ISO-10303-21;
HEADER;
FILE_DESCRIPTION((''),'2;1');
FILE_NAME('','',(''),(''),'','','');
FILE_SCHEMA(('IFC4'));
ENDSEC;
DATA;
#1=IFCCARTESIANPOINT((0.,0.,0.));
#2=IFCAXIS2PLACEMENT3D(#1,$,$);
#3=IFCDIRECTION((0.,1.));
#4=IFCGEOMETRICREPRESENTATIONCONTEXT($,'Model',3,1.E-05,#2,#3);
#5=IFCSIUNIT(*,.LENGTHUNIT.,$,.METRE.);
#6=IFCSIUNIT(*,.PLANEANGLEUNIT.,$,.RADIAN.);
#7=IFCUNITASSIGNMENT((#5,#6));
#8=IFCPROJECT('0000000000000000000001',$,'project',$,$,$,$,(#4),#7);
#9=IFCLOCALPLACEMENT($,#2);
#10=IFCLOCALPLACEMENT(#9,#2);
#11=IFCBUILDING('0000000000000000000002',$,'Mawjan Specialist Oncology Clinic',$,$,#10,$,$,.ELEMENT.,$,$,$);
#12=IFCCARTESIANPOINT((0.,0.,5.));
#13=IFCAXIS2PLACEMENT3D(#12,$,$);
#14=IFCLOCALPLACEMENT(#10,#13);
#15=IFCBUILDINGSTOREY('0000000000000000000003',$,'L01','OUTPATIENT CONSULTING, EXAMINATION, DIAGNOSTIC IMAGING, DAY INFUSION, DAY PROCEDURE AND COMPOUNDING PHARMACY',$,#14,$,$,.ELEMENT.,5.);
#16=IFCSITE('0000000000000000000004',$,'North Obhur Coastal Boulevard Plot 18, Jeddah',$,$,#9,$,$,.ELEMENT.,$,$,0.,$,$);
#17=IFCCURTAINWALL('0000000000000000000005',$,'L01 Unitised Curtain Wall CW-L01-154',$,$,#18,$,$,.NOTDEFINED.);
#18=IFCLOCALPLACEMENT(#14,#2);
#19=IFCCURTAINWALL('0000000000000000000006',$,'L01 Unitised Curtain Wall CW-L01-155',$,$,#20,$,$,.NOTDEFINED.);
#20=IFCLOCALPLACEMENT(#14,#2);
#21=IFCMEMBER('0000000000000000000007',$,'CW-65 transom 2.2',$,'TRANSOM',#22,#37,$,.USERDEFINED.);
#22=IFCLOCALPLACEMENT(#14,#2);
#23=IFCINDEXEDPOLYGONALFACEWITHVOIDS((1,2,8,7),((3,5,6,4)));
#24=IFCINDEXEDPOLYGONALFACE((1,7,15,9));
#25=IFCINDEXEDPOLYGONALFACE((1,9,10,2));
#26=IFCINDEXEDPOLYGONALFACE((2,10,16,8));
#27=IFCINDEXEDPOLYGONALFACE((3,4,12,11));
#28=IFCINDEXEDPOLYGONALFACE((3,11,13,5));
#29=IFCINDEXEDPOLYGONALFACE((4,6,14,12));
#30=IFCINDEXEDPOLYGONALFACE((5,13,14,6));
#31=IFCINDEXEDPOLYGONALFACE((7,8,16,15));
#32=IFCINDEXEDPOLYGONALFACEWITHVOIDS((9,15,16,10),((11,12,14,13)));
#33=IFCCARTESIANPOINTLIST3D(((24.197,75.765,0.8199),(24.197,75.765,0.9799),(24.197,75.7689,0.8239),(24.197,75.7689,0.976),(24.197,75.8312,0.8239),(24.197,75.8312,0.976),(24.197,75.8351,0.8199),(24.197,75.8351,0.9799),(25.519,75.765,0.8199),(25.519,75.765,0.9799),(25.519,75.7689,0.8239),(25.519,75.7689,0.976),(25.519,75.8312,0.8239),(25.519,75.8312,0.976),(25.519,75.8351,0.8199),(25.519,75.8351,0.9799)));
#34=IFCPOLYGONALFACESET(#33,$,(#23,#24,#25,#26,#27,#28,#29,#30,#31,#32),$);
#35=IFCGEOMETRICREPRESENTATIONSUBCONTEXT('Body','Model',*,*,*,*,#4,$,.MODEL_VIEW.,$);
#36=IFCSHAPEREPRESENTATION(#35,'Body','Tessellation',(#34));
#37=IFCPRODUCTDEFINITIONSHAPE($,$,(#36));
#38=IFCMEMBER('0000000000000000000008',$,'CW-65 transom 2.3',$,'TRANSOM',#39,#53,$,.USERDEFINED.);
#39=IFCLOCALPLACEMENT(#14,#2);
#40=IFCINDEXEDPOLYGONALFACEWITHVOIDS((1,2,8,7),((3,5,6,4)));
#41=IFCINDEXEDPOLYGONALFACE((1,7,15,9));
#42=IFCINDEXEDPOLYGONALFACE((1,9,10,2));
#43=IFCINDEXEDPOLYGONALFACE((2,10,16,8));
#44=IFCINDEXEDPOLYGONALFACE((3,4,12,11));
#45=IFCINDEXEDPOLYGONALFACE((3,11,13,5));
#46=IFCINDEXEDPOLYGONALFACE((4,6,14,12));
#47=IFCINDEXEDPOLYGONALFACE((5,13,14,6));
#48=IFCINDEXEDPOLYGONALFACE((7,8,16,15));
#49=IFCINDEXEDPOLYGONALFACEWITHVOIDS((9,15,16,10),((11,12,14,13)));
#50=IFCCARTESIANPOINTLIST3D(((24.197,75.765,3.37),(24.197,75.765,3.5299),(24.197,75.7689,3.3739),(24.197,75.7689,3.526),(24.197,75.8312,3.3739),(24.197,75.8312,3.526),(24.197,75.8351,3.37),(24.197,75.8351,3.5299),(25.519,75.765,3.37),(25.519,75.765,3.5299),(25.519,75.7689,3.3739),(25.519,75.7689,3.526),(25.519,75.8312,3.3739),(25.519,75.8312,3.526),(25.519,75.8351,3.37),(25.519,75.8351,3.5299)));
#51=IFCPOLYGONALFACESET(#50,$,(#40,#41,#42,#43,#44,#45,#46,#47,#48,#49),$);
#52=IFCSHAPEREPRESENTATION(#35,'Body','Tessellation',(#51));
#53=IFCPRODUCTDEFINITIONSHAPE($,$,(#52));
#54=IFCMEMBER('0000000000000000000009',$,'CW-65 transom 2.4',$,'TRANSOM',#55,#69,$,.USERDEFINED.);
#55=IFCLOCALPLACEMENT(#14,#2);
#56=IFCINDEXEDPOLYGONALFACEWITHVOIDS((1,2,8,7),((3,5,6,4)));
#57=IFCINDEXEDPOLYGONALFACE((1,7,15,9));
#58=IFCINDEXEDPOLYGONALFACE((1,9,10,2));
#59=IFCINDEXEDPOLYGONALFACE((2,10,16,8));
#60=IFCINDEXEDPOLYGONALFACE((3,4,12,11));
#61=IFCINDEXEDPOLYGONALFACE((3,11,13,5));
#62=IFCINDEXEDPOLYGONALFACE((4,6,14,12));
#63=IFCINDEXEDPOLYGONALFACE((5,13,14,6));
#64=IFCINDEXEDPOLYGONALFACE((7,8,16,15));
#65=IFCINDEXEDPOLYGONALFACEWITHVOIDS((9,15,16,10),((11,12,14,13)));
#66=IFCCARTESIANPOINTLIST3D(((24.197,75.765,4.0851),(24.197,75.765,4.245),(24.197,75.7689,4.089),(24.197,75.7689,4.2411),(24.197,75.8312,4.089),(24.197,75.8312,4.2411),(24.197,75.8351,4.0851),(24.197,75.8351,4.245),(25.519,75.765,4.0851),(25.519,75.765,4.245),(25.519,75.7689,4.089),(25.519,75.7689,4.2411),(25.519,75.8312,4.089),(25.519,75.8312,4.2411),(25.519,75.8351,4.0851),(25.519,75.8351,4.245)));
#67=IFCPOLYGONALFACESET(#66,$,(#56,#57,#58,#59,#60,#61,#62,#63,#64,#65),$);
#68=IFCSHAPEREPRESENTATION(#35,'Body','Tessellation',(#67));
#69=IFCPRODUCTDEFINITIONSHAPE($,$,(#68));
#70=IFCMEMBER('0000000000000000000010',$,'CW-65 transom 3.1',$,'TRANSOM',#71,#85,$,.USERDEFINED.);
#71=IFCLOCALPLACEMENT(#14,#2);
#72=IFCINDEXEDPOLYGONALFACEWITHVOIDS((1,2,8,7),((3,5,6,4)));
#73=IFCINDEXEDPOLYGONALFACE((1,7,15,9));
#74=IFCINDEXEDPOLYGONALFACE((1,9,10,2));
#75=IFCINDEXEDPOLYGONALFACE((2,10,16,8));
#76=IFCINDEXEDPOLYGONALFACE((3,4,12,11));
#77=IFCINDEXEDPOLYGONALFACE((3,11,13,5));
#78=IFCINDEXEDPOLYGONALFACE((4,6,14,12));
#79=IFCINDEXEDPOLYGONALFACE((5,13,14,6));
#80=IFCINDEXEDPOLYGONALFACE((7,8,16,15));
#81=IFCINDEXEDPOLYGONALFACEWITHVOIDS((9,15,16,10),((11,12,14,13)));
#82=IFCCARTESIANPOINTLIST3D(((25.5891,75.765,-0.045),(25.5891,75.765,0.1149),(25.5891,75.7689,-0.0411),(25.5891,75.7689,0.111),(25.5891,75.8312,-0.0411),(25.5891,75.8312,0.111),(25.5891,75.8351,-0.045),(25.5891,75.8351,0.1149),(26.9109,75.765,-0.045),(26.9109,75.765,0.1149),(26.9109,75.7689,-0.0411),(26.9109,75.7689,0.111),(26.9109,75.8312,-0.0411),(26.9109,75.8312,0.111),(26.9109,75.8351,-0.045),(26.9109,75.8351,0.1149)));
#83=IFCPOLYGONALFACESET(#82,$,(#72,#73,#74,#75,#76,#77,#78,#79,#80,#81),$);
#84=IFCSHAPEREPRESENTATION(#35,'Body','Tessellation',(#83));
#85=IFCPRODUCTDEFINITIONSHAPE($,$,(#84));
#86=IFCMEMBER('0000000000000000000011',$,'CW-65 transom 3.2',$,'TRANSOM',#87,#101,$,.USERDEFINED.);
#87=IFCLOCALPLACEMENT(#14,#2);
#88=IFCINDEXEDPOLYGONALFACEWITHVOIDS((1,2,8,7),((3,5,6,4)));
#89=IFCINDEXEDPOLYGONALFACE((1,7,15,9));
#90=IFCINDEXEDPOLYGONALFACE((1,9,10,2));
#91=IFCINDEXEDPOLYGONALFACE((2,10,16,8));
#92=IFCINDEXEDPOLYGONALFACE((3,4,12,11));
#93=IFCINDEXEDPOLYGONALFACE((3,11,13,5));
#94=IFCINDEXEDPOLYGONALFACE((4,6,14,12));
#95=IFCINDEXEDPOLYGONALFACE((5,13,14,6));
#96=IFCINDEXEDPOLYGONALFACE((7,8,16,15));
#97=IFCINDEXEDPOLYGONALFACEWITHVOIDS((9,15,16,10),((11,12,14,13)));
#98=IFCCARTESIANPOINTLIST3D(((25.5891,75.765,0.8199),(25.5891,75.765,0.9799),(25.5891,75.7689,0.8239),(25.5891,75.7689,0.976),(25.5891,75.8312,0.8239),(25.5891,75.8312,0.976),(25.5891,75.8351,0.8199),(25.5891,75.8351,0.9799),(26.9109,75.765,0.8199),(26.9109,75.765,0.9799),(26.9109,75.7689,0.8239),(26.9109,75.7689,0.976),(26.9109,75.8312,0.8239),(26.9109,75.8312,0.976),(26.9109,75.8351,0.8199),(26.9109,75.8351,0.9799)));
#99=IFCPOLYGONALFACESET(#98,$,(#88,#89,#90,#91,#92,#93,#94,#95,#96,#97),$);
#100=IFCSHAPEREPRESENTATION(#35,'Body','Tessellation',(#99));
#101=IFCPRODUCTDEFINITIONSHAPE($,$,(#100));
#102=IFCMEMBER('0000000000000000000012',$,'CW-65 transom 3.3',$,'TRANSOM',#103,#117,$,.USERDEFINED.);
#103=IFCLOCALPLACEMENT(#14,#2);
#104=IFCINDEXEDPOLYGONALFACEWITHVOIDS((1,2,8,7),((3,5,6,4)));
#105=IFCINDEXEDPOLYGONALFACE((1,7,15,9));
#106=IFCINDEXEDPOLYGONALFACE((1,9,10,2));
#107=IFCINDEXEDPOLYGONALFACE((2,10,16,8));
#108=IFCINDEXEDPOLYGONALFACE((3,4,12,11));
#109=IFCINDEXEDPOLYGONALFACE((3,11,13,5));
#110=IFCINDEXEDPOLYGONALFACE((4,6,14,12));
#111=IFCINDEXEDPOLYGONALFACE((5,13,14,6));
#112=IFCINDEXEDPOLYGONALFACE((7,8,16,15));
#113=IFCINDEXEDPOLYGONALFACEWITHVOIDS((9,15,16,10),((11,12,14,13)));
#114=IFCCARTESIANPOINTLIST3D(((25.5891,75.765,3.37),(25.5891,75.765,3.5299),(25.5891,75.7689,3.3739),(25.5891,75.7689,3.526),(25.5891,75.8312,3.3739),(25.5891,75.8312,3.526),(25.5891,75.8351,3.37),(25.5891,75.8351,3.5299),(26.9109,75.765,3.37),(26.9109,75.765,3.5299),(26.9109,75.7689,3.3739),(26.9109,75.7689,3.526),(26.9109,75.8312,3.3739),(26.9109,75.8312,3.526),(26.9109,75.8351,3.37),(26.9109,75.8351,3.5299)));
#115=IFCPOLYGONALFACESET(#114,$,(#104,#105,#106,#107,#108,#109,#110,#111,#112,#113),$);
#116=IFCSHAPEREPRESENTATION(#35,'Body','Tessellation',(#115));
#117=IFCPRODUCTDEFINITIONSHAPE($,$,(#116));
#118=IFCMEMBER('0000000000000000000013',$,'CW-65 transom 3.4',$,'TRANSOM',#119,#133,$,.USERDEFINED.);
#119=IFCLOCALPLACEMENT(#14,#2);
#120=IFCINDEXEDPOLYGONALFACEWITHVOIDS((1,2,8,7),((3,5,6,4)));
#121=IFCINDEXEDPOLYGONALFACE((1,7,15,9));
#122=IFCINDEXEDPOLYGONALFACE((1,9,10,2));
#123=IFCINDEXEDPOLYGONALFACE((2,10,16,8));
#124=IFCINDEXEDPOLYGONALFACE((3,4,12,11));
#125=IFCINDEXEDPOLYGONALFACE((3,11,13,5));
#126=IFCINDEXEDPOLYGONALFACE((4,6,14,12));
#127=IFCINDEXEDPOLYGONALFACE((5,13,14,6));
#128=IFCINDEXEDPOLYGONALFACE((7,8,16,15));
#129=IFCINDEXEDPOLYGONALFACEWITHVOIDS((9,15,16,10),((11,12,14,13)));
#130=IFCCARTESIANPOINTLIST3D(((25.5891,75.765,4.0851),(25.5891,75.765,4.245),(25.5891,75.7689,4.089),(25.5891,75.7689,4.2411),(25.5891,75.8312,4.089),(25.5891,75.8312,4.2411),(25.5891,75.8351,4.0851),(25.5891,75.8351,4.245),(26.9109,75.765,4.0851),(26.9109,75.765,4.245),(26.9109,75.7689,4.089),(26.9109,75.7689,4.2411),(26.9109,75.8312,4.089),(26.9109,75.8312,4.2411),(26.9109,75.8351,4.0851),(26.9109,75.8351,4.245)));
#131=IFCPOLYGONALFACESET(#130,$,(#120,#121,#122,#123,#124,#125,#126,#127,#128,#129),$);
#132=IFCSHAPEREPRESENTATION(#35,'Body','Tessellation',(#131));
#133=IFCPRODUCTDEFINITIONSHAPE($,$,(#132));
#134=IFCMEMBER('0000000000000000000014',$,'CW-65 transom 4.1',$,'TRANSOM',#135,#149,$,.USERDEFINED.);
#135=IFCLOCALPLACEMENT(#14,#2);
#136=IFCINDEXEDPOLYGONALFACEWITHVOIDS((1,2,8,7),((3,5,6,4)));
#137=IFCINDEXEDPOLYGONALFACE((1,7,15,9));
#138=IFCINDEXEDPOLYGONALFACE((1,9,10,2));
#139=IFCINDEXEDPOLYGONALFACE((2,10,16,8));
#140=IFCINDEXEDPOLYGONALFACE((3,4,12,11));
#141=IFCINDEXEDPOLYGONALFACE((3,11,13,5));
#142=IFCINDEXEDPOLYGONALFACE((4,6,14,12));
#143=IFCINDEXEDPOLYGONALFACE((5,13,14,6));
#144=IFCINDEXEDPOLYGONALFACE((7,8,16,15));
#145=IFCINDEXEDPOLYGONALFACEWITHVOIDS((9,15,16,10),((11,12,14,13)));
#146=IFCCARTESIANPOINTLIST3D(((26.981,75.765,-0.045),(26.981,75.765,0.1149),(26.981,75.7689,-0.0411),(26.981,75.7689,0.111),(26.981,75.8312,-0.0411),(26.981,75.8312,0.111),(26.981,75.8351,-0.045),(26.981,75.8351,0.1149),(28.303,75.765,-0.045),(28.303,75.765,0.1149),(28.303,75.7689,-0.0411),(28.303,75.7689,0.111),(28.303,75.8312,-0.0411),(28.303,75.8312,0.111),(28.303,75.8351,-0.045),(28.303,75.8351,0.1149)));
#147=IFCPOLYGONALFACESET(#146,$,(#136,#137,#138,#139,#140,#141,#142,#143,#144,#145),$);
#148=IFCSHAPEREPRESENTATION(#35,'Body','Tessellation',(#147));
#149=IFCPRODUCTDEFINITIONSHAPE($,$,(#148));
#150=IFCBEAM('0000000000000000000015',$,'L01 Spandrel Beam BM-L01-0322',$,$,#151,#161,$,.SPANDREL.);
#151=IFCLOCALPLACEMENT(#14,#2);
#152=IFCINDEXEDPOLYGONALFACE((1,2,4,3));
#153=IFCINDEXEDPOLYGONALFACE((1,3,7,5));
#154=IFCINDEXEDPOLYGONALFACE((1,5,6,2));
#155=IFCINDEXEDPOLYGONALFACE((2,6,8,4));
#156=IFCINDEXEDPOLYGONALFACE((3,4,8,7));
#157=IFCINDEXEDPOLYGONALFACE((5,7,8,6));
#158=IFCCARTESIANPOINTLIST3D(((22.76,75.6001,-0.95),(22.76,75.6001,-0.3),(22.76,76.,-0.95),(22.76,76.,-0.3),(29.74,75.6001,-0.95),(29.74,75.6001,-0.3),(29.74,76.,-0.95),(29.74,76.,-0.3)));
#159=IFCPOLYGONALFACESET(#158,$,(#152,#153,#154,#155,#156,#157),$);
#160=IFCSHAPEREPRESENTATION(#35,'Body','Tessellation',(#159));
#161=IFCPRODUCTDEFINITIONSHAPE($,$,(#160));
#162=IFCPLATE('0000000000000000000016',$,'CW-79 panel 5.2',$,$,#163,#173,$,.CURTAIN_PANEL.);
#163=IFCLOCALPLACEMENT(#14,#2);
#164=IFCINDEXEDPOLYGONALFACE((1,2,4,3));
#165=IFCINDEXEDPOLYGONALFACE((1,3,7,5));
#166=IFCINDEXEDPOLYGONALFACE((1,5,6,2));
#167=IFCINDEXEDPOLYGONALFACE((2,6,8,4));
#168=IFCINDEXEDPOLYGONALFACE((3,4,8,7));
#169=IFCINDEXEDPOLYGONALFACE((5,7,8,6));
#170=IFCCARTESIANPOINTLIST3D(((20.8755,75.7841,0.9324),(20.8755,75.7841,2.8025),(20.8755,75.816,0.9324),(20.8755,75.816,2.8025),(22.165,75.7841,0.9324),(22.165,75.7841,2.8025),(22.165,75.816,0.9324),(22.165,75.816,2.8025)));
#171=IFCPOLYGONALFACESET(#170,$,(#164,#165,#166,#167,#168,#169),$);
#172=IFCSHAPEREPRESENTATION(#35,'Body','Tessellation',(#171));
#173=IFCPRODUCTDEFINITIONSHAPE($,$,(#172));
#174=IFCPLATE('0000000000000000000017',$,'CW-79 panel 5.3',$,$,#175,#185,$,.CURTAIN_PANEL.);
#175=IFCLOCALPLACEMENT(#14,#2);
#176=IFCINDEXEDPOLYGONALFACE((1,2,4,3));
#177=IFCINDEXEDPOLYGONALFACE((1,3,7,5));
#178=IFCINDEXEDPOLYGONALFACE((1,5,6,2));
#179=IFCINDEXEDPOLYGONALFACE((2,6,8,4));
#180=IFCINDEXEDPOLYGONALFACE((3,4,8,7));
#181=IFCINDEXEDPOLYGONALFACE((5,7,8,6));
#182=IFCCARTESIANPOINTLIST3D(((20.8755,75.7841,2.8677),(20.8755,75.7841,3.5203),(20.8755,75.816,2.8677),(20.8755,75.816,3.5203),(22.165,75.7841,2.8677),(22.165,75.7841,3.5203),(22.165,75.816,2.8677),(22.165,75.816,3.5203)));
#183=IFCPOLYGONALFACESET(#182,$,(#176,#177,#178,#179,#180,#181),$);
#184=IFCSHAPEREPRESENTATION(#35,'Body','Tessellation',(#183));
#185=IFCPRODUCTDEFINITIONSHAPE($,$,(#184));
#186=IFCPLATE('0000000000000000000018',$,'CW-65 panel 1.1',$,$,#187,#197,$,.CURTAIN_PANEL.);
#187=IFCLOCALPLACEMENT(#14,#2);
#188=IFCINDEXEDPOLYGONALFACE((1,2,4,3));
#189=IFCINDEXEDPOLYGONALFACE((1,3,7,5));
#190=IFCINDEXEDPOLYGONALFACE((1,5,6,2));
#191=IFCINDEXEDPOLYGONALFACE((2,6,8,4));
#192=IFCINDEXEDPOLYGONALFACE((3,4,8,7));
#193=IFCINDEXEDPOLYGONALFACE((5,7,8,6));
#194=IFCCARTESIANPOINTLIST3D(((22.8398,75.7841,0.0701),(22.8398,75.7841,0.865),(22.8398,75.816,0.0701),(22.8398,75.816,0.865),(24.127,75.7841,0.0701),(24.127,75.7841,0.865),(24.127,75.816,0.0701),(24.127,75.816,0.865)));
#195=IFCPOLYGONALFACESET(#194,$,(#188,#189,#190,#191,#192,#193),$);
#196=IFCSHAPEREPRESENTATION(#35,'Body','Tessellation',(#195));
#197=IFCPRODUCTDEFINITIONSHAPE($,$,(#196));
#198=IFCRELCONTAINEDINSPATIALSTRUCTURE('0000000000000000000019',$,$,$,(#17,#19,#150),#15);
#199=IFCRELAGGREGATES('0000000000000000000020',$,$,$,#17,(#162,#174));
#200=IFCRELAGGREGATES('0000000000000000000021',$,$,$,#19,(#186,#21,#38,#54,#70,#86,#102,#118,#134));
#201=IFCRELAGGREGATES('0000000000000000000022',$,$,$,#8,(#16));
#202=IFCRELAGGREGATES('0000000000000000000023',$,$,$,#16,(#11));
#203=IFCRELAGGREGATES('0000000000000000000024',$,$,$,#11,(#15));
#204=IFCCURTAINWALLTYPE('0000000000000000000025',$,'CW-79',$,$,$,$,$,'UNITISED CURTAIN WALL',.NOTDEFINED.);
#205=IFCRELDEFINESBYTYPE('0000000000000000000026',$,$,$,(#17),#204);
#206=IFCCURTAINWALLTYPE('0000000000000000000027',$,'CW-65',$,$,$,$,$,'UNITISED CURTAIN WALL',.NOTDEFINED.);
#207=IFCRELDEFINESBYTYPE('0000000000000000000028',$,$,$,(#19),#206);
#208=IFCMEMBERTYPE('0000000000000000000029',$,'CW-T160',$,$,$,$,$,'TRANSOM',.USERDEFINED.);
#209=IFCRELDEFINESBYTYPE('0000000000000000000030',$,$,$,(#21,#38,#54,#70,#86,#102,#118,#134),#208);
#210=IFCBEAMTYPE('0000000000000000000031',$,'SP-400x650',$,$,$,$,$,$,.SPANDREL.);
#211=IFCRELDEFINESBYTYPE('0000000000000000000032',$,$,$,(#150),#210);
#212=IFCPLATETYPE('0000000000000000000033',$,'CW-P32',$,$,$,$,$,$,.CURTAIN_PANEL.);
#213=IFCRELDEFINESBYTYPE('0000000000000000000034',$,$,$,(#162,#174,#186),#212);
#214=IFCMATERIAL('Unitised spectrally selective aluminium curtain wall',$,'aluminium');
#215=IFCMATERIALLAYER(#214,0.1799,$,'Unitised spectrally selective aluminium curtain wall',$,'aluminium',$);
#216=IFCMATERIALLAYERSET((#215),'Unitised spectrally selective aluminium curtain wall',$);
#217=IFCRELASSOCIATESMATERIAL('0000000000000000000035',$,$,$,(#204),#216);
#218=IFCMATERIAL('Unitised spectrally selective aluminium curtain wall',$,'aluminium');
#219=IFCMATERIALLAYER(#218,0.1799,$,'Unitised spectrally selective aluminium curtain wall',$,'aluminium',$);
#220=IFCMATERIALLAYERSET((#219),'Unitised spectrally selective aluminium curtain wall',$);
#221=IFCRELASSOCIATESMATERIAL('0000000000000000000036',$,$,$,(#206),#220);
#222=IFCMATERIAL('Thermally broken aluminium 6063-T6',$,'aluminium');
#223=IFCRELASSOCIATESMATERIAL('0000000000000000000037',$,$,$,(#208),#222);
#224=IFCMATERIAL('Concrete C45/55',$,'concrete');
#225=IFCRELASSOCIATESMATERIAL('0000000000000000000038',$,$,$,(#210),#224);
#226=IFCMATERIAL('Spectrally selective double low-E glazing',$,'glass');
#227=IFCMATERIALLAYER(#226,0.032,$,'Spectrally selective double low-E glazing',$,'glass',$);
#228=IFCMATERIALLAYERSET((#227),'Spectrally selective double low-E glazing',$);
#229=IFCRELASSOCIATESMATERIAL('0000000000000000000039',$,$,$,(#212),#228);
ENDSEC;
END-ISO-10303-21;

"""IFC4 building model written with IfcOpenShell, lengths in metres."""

from ifc_helpers import new_model, si_unit, direction, frame, origin, origin_2d, place, context, subcontext, project, spatial, rectangle, hollow_rectangle, extrude, material, layer, layer_set, material_profile, profile_set, type_object, element, aggregate, save


model = new_model("IFC4")

# Units and contexts
model_context = context("Model", 3, precision=1e-05, world=origin(), true_north=direction((0.0, 1.0)))
body_context = subcontext(model_context, "Body", "Model", "MODEL_VIEW")
ifc_project = project(units=[si_unit("LENGTHUNIT", "METRE"), si_unit("PLANEANGLEUNIT", "RADIAN")], contexts=[model_context])

# Site, building, storey
site_placement = place(None, origin())
site = spatial("IfcSite", under=ifc_project, at=site_placement, Name="North Obhur Coastal Boulevard Plot 18, Jeddah", CompositionType="ELEMENT", RefElevation=0.0)
building_placement = place(site_placement, origin())
building = spatial("IfcBuilding", under=site, at=building_placement, Name="Mawjan Specialist Oncology Clinic", CompositionType="ELEMENT")
storey_placement = place(building_placement, frame((0.0, 0.0, 5.0)))
storey = spatial("IfcBuildingStorey", under=building, at=storey_placement, Name="L01", Description="OUTPATIENT CONSULTING, EXAMINATION, DIAGNOSTIC IMAGING, DAY INFUSION, DAY PROCEDURE AND COMPOUNDING PHARMACY", CompositionType="ELEMENT", Elevation=5.0)

# Curtain wall
ifc_material_1 = material(Name="Unitised spectrally selective aluminium curtain wall", Category="aluminium")
ifc_layer_1 = layer(ifc_material_1, 0.1799, Name="Unitised spectrally selective aluminium curtain wall", Category="aluminium")
ifc_layer_set_1 = layer_set([ifc_layer_1], Name="Unitised spectrally selective aluminium curtain wall")
curtain_wall_type_1 = type_object("IfcCurtainWallType", Name="CW-79", ElementType="UNITISED CURTAIN WALL", PredefinedType="NOTDEFINED", material=ifc_layer_set_1)
curtain_wall_1_placement = place(storey_placement, origin())
curtain_wall_1 = element("IfcCurtainWall", 1, at=curtain_wall_1_placement, inside=storey, type_object=curtain_wall_type_1, Name="L01 Unitised Curtain Wall CW-L01-154", PredefinedType="NOTDEFINED")

# Curtain wall, members
ifc_material_2 = material(Name="Unitised spectrally selective aluminium curtain wall", Category="aluminium")
ifc_layer_2 = layer(ifc_material_2, 0.1799, Name="Unitised spectrally selective aluminium curtain wall", Category="aluminium")
ifc_layer_set_2 = layer_set([ifc_layer_2], Name="Unitised spectrally selective aluminium curtain wall")
curtain_wall_type_2 = type_object("IfcCurtainWallType", Name="CW-65", ElementType="UNITISED CURTAIN WALL", PredefinedType="NOTDEFINED", material=ifc_layer_set_2)
curtain_wall_2_placement = place(storey_placement, origin())
curtain_wall_2 = element("IfcCurtainWall", 2, at=curtain_wall_2_placement, inside=storey, type_object=curtain_wall_type_2, Name="L01 Unitised Curtain Wall CW-L01-155", PredefinedType="NOTDEFINED")
ifc_material_3 = material(Name="Thermally broken aluminium 6063-T6", Category="aluminium")
ifc_material_profile_1 = material_profile(ifc_material_3, hollow_rectangle(XDim=0.0701, YDim=0.1599, WallThickness=0.0039, at=origin_2d()), Name="ALU TRANSOM 160x70x4", Category="aluminium")
ifc_profile_set_1 = profile_set([ifc_material_profile_1], Name="Thermally broken aluminium 6063-T6")
member_type_1 = type_object("IfcMemberType", Name="CW-T160", ElementType="TRANSOM", PredefinedType="USERDEFINED", material=ifc_profile_set_1)
member_1_placement = place(storey_placement, frame((24.197, 75.8, 0.8999), z_axis=(1.0, 0.0, 0.0), x_axis=(0.0, 1.0, 0.0)))
member_1 = element("IfcMember", 3, at=member_1_placement, type_object=member_type_1, Name="CW-65 transom 2.2", ObjectType="TRANSOM", PredefinedType="USERDEFINED", context=body_context, shape_type="SweptSolid", body=[
    extrude(hollow_rectangle(XDim=0.0701, YDim=0.1599, WallThickness=0.0039, at=origin_2d()), origin(), (0.0, 0.0, 1.0), 1.322),
])
member_2_placement = place(storey_placement, frame((24.197, 75.8, 3.45), z_axis=(1.0, 0.0, 0.0), x_axis=(0.0, 1.0, 0.0)))
member_2 = element("IfcMember", 4, at=member_2_placement, type_object=member_type_1, Name="CW-65 transom 2.3", ObjectType="TRANSOM", PredefinedType="USERDEFINED", context=body_context, shape_type="SweptSolid", body=[
    extrude(hollow_rectangle(XDim=0.0701, YDim=0.1599, WallThickness=0.0039, at=origin_2d()), origin(), (0.0, 0.0, 1.0), 1.322),
])
member_3_placement = place(storey_placement, frame((24.197, 75.8, 4.165), z_axis=(1.0, 0.0, 0.0), x_axis=(0.0, 1.0, 0.0)))
member_3 = element("IfcMember", 5, at=member_3_placement, type_object=member_type_1, Name="CW-65 transom 2.4", ObjectType="TRANSOM", PredefinedType="USERDEFINED", context=body_context, shape_type="SweptSolid", body=[
    extrude(hollow_rectangle(XDim=0.0701, YDim=0.1599, WallThickness=0.0039, at=origin_2d()), origin(), (0.0, 0.0, 1.0), 1.322),
])
member_4_placement = place(storey_placement, frame((25.5891, 75.8, 0.0349), z_axis=(1.0, 0.0, 0.0), x_axis=(0.0, 1.0, 0.0)))
member_4 = element("IfcMember", 6, at=member_4_placement, type_object=member_type_1, Name="CW-65 transom 3.1", ObjectType="TRANSOM", PredefinedType="USERDEFINED", context=body_context, shape_type="SweptSolid", body=[
    extrude(hollow_rectangle(XDim=0.0701, YDim=0.1599, WallThickness=0.0039, at=origin_2d()), origin(), (0.0, 0.0, 1.0), 1.3218),
])
member_5_placement = place(storey_placement, frame((25.5891, 75.8, 0.8999), z_axis=(1.0, 0.0, 0.0), x_axis=(0.0, 1.0, 0.0)))
member_5 = element("IfcMember", 7, at=member_5_placement, type_object=member_type_1, Name="CW-65 transom 3.2", ObjectType="TRANSOM", PredefinedType="USERDEFINED", context=body_context, shape_type="SweptSolid", body=[
    extrude(hollow_rectangle(XDim=0.0701, YDim=0.1599, WallThickness=0.0039, at=origin_2d()), origin(), (0.0, 0.0, 1.0), 1.3218),
])
member_6_placement = place(storey_placement, frame((25.5891, 75.8, 3.45), z_axis=(1.0, 0.0, 0.0), x_axis=(0.0, 1.0, 0.0)))
member_6 = element("IfcMember", 8, at=member_6_placement, type_object=member_type_1, Name="CW-65 transom 3.3", ObjectType="TRANSOM", PredefinedType="USERDEFINED", context=body_context, shape_type="SweptSolid", body=[
    extrude(hollow_rectangle(XDim=0.0701, YDim=0.1599, WallThickness=0.0039, at=origin_2d()), origin(), (0.0, 0.0, 1.0), 1.3218),
])
member_7_placement = place(storey_placement, frame((25.5891, 75.8, 4.165), z_axis=(1.0, 0.0, 0.0), x_axis=(0.0, 1.0, 0.0)))
member_7 = element("IfcMember", 9, at=member_7_placement, type_object=member_type_1, Name="CW-65 transom 3.4", ObjectType="TRANSOM", PredefinedType="USERDEFINED", context=body_context, shape_type="SweptSolid", body=[
    extrude(hollow_rectangle(XDim=0.0701, YDim=0.1599, WallThickness=0.0039, at=origin_2d()), origin(), (0.0, 0.0, 1.0), 1.3218),
])
member_8_placement = place(storey_placement, frame((26.981, 75.8, 0.0349), z_axis=(1.0, 0.0, 0.0), x_axis=(0.0, 1.0, 0.0)))
member_8 = element("IfcMember", 10, at=member_8_placement, type_object=member_type_1, Name="CW-65 transom 4.1", ObjectType="TRANSOM", PredefinedType="USERDEFINED", context=body_context, shape_type="SweptSolid", body=[
    extrude(hollow_rectangle(XDim=0.0701, YDim=0.1599, WallThickness=0.0039, at=origin_2d()), origin(), (0.0, 0.0, 1.0), 1.322),
])

# Beam
ifc_material_4 = material(Name="Concrete C45/55", Category="concrete")
ifc_material_profile_2 = material_profile(ifc_material_4, rectangle(XDim=0.3999, YDim=0.6499, at=origin_2d()), Name="RC BM 400x650", Category="concrete")
ifc_profile_set_2 = profile_set([ifc_material_profile_2], Name="Concrete C45/55")
beam_type = type_object("IfcBeamType", Name="SP-400x650", PredefinedType="SPANDREL", material=ifc_profile_set_2)
beam_placement = place(storey_placement, frame((22.76, 75.8, -0.625), z_axis=(1.0, 0.0, 0.0), x_axis=(0.0, 1.0, 0.0)))
element("IfcBeam", 11, at=beam_placement, inside=storey, type_object=beam_type, Name="L01 Spandrel Beam BM-L01-0322", PredefinedType="SPANDREL", context=body_context, shape_type="SweptSolid", body=[
    extrude(rectangle(XDim=0.3999, YDim=0.6499, at=origin_2d()), origin(), (0.0, 0.0, 1.0), 6.98),
])

# Plates
ifc_material_5 = material(Name="Spectrally selective double low-E glazing", Category="glass")
ifc_layer_3 = layer(ifc_material_5, 0.032, Name="Spectrally selective double low-E glazing", Category="glass")
ifc_layer_set_3 = layer_set([ifc_layer_3], Name="Spectrally selective double low-E glazing")
plate_type = type_object("IfcPlateType", Name="CW-P32", PredefinedType="CURTAIN_PANEL", material=ifc_layer_set_3)
plate_1_placement = place(storey_placement, frame((21.5203, 75.8, 0.9324), z_axis=(0.0, 0.0, 1.0), x_axis=(1.0, 0.0, 0.0)))
plate_1 = element("IfcPlate", 12, at=plate_1_placement, type_object=plate_type, Name="CW-79 panel 5.2", PredefinedType="CURTAIN_PANEL", context=body_context, shape_type="SweptSolid", body=[
    extrude(rectangle(XDim=1.2896, YDim=0.032, at=origin_2d()), origin(), (0.0, 0.0, 1.0), 1.8701),
])
plate_2_placement = place(storey_placement, frame((21.5203, 75.8, 2.8677), z_axis=(0.0, 0.0, 1.0), x_axis=(1.0, 0.0, 0.0)))
plate_2 = element("IfcPlate", 13, at=plate_2_placement, type_object=plate_type, Name="CW-79 panel 5.3", PredefinedType="CURTAIN_PANEL", context=body_context, shape_type="SweptSolid", body=[
    extrude(rectangle(XDim=1.2896, YDim=0.032, at=origin_2d()), origin(), (0.0, 0.0, 1.0), 0.6526),
])
aggregate(curtain_wall_1, [plate_1, plate_2])
plate_3_placement = place(storey_placement, frame((23.4834, 75.8, 0.0701), z_axis=(0.0, 0.0, 1.0), x_axis=(1.0, 0.0, 0.0)))
plate_3 = element("IfcPlate", 14, at=plate_3_placement, type_object=plate_type, Name="CW-65 panel 1.1", PredefinedType="CURTAIN_PANEL", context=body_context, shape_type="SweptSolid", body=[
    extrude(rectangle(XDim=1.2871, YDim=0.032, at=origin_2d()), origin(), (0.0, 0.0, 1.0), 0.7949),
])
aggregate(curtain_wall_2, [plate_3, member_1, member_2, member_3, member_4, member_5, member_6, member_7, member_8])

save(model, "model.ifc")
